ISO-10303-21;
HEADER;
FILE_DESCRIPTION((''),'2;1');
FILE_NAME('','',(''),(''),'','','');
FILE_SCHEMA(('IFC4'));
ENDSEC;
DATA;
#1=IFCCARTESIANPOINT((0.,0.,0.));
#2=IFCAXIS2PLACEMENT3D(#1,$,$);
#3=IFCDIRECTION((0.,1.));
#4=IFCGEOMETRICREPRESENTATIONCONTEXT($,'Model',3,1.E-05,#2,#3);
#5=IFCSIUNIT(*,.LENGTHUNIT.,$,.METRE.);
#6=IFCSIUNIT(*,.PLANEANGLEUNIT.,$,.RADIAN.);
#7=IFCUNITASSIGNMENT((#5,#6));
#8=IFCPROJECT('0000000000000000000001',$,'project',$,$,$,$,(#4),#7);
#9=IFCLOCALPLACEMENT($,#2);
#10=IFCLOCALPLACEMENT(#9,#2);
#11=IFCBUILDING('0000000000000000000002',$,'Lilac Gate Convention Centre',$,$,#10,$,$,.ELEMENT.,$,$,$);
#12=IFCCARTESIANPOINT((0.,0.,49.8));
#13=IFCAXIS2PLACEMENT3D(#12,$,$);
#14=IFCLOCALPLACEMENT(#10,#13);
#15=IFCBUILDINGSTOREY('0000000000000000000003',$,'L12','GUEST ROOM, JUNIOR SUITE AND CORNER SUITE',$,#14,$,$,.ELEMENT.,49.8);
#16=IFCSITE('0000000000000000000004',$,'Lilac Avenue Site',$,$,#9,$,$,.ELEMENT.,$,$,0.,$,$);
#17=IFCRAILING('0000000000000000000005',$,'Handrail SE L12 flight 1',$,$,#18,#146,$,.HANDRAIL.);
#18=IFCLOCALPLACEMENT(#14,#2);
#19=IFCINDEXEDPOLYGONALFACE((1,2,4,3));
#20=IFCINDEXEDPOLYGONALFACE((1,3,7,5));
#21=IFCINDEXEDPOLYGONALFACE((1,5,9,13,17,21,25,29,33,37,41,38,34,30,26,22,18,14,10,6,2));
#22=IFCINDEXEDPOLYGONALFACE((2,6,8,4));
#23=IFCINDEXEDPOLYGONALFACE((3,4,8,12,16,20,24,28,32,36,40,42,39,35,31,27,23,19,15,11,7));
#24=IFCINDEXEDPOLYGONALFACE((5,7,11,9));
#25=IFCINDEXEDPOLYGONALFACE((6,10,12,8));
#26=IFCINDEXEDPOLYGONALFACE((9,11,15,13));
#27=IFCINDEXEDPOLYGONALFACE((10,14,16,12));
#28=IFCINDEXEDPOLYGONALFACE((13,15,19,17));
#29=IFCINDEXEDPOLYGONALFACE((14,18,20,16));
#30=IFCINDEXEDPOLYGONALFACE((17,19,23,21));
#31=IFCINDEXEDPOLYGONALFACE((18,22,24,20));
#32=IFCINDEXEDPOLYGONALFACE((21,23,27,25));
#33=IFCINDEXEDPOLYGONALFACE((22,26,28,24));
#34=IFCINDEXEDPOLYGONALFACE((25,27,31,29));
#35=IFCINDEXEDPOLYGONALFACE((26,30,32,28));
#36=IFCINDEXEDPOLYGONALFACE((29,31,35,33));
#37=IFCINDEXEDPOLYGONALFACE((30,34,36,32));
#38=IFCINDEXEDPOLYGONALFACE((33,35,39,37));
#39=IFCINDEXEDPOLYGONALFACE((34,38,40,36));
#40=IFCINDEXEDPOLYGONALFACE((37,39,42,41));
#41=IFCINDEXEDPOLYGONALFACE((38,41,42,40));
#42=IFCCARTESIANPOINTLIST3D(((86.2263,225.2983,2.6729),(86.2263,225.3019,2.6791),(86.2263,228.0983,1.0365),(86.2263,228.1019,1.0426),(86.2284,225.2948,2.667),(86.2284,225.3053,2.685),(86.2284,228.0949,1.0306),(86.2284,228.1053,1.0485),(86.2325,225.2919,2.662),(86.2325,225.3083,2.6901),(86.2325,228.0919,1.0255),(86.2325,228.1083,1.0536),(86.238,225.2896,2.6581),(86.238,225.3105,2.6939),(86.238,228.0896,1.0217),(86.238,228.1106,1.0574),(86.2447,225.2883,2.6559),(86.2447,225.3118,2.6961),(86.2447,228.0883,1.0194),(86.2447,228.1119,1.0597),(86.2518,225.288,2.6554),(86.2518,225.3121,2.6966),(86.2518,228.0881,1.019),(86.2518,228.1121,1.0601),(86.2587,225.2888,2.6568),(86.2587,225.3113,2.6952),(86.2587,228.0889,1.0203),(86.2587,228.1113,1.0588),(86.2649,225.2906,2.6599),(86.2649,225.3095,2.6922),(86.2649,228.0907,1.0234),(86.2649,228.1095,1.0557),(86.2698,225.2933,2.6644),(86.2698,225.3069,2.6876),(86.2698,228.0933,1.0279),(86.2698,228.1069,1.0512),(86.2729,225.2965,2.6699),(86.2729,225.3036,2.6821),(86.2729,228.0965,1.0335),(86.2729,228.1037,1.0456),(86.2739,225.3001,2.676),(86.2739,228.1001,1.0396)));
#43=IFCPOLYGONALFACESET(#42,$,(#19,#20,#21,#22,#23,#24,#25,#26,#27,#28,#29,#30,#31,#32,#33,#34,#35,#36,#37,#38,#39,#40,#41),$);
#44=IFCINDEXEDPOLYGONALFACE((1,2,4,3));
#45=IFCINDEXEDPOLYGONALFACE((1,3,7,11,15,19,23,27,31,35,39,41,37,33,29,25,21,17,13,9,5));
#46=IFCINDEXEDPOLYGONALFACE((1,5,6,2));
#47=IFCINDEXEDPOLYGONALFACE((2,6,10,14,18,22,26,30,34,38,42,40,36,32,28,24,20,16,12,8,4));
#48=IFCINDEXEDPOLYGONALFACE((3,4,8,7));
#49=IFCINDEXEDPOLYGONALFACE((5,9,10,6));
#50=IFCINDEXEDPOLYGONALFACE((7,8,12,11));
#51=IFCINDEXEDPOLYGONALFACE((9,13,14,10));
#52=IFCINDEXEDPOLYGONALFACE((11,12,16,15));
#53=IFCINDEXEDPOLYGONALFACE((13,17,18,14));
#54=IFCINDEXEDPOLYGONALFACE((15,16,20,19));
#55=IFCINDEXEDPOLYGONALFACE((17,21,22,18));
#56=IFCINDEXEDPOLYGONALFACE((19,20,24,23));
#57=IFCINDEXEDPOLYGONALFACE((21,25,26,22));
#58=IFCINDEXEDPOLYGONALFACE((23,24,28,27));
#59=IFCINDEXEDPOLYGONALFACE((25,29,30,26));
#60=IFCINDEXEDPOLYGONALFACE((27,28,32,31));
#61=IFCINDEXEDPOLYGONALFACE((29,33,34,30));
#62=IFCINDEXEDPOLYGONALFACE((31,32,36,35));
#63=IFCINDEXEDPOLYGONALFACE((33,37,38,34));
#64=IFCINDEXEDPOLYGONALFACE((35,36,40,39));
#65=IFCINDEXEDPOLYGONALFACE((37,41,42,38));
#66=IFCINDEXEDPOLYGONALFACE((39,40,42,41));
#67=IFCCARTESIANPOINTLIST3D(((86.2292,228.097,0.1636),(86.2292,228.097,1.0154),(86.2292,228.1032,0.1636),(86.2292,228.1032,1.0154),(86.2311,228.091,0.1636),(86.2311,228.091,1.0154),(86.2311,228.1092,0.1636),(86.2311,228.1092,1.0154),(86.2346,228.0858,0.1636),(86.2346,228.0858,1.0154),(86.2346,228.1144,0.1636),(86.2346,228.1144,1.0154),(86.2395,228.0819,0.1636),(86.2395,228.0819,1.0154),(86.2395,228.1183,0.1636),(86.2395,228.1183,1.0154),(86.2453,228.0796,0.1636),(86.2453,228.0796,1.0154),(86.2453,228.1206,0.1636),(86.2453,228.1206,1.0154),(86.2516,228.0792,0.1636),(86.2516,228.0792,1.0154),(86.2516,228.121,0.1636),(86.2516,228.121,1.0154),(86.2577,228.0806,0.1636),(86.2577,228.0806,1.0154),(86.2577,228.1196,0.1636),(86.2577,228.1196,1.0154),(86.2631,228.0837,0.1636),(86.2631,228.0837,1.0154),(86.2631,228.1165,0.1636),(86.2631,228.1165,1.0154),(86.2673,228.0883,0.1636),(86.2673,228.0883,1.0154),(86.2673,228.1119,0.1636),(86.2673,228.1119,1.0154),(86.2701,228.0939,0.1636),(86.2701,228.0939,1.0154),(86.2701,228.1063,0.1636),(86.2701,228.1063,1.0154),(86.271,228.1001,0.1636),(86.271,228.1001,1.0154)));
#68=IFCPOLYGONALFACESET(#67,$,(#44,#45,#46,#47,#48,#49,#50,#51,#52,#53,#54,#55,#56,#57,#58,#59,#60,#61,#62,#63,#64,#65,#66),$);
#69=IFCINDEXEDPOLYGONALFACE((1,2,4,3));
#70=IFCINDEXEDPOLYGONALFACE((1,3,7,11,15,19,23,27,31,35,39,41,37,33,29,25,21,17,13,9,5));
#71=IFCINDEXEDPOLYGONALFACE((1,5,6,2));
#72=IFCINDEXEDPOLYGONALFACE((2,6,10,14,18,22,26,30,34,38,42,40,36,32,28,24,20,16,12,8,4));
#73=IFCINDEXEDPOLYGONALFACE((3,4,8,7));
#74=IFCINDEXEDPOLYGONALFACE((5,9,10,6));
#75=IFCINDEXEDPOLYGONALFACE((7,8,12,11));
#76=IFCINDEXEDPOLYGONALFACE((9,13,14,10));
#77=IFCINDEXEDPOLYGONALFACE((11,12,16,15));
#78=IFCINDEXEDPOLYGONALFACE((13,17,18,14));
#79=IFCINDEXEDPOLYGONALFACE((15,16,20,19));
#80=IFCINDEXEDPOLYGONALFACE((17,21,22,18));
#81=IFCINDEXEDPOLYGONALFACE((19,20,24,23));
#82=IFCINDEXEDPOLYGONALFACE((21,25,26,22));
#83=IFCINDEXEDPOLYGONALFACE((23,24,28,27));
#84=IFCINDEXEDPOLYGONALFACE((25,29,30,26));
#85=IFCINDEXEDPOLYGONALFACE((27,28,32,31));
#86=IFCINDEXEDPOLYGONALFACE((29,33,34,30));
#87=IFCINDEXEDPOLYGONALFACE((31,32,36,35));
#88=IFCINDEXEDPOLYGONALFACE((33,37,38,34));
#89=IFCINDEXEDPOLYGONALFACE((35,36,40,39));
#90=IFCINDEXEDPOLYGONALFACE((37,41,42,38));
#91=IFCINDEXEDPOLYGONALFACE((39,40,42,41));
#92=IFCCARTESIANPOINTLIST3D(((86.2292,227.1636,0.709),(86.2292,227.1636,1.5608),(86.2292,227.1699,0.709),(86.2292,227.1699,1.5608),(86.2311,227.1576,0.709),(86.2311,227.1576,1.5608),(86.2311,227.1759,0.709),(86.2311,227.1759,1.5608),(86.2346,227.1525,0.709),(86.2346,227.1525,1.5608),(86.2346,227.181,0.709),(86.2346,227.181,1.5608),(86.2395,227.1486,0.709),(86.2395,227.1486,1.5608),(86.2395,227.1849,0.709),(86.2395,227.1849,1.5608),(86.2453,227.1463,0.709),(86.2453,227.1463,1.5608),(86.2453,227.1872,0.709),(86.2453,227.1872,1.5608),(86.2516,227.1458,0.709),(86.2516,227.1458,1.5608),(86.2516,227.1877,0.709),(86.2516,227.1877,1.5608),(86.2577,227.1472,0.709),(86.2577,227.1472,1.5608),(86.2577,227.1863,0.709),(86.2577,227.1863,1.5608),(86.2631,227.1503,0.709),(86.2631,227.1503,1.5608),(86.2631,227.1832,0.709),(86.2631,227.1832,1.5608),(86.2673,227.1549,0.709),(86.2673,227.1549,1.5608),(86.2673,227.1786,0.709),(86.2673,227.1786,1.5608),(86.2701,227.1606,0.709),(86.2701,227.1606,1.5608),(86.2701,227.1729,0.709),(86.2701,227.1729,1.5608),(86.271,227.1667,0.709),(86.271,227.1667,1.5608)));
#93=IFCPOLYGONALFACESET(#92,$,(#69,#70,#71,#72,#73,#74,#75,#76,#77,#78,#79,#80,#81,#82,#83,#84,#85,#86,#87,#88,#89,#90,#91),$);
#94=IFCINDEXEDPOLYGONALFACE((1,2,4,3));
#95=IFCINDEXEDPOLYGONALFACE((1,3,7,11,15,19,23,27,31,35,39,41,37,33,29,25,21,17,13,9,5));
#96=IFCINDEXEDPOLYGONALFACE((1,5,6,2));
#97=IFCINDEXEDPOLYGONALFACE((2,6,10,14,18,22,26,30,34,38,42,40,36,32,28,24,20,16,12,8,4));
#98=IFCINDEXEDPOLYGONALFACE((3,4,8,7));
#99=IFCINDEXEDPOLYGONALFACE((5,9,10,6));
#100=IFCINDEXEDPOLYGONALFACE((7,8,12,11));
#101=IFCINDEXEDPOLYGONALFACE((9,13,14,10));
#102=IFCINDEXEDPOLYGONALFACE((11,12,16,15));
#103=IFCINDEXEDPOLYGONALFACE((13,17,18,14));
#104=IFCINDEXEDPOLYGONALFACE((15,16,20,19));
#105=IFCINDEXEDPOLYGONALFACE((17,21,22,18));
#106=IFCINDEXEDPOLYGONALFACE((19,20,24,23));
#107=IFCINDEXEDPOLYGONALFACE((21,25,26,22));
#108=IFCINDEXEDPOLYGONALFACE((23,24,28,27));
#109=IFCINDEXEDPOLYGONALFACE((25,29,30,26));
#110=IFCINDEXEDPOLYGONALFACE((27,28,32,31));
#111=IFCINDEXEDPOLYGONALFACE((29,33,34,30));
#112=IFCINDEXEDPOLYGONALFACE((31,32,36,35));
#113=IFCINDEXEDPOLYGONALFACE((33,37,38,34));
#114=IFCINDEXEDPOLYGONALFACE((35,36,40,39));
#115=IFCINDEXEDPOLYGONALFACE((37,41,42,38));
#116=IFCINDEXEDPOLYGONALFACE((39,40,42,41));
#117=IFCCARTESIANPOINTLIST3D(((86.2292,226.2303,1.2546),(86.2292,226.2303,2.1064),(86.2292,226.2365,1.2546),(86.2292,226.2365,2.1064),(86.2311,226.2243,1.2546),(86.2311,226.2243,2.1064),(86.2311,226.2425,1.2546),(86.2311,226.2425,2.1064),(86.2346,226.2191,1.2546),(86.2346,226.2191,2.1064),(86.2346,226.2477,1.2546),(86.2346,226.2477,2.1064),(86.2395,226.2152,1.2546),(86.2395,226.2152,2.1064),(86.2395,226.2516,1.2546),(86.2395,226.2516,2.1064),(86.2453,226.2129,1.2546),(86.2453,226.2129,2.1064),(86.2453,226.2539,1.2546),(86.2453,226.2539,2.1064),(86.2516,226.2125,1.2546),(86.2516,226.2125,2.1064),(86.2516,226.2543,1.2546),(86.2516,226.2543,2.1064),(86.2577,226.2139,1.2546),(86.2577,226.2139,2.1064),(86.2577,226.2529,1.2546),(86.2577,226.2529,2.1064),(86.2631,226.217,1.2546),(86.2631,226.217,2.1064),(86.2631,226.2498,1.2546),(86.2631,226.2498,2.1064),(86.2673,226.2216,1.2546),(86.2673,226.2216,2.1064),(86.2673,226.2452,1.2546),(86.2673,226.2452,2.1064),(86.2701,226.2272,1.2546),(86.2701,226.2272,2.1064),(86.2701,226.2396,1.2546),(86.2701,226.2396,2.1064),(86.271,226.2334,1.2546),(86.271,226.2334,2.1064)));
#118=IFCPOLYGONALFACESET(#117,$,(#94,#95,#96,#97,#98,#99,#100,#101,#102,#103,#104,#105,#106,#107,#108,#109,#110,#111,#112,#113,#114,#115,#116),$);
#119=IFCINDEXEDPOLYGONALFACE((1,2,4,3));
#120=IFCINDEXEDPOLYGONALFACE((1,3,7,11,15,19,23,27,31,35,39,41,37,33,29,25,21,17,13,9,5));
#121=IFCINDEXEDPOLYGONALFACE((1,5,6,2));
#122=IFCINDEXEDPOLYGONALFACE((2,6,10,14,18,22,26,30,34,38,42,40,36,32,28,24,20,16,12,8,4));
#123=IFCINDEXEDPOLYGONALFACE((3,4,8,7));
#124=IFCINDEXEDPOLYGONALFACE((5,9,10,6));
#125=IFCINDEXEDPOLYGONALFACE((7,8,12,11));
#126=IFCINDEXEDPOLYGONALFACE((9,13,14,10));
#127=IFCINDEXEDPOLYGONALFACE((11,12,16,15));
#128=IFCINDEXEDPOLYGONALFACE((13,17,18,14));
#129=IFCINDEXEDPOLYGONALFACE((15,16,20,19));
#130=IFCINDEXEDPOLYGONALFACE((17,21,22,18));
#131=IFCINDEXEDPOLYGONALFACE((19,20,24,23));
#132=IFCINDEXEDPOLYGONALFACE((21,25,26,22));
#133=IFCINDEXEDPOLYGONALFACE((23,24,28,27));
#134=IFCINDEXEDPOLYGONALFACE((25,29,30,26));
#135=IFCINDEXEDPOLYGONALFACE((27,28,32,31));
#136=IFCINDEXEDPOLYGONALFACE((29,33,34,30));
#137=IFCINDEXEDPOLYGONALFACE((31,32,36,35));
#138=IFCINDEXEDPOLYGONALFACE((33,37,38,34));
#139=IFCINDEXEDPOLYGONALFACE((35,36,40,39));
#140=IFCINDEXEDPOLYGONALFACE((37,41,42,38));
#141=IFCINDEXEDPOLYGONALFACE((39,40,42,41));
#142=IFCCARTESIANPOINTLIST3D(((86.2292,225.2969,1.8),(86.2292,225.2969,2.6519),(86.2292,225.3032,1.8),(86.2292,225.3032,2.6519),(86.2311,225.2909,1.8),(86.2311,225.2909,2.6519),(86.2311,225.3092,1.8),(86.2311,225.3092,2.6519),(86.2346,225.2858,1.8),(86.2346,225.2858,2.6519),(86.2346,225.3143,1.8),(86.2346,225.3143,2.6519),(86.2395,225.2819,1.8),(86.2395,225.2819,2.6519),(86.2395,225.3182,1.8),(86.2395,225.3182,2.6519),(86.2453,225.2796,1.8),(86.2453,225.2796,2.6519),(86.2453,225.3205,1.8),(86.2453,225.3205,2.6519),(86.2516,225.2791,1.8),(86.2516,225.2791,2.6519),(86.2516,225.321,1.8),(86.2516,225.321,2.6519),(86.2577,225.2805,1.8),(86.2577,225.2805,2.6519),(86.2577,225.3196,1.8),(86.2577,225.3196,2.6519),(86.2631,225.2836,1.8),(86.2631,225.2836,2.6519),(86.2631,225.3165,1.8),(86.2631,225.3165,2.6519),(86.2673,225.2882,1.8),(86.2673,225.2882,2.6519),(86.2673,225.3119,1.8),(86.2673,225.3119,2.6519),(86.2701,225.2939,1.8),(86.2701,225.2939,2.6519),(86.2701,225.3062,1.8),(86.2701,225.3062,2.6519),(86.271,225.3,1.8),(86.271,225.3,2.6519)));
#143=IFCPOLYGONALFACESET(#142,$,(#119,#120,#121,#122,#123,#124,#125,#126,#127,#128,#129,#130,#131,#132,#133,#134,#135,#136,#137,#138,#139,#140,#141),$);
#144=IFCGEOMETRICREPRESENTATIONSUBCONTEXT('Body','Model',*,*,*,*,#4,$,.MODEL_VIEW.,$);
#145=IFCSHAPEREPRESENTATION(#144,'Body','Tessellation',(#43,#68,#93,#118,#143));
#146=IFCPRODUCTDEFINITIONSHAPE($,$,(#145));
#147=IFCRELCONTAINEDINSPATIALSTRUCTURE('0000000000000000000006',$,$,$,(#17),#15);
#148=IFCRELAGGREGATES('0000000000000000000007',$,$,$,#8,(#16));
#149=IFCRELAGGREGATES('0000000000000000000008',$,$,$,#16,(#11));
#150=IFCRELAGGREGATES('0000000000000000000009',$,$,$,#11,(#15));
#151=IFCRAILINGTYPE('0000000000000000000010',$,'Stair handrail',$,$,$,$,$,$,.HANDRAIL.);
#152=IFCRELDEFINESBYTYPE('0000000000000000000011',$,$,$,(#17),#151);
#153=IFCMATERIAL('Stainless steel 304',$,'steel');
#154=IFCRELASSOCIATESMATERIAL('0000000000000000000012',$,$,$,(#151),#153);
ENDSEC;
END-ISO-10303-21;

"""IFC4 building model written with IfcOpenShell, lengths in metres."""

from ifc_helpers import new_model, si_unit, direction, frame, origin, origin_2d, place, context, subcontext, project, spatial, circle, extrude, material, type_object, element, save


model = new_model("IFC4")

# Units and contexts
model_context = context("Model", 3, precision=1e-05, world=origin(), true_north=direction((0.0, 1.0)))
body_context = subcontext(model_context, "Body", "Model", "MODEL_VIEW")
ifc_project = project(units=[si_unit("LENGTHUNIT", "METRE"), si_unit("PLANEANGLEUNIT", "RADIAN")], contexts=[model_context])

# Site, building, storey
site_placement = place(None, origin())
site = spatial("IfcSite", under=ifc_project, at=site_placement, Name="Lilac Avenue Site", CompositionType="ELEMENT", RefElevation=0.0)
building_placement = place(site_placement, origin())
building = spatial("IfcBuilding", under=site, at=building_placement, Name="Lilac Gate Convention Centre", CompositionType="ELEMENT")
storey_placement = place(building_placement, frame((0.0, 0.0, 49.8)))
storey = spatial("IfcBuildingStorey", under=building, at=storey_placement, Name="L12", Description="GUEST ROOM, JUNIOR SUITE AND CORNER SUITE", CompositionType="ELEMENT", Elevation=49.8)

# Shared definitions
ifc_material_1 = material(Name="Stainless steel 304", Category="steel")

# Railing
railing_type = type_object("IfcRailingType", Name="Stair handrail", PredefinedType="HANDRAIL", material=ifc_material_1)
for number, where, name in (
    (1, (86.25, 228.1001, 0.1636), "Handrail SE L12 flight 1"),
):
    element("IfcRailing", number, at=place(storey_placement, frame(where)), inside=storey, type_object=railing_type, Name=name, PredefinedType="HANDRAIL", context=body_context, shape_type="SweptSolid", body=[
        extrude(circle(Radius=0.0239, at=origin_2d()), frame((0.0, 0.0, 0.876), z_axis=(0.0, -0.863361, 0.504587), x_axis=(1.0, 0.0, 0.0)), (0.0, 0.0, 1.0), 3.2432),
        extrude(circle(Radius=0.021, at=origin_2d()), origin(), (0.0, 0.0, 1.0), 0.8518),
        extrude(circle(Radius=0.021, at=origin_2d()), frame((0.0, -0.9333, 0.5454)), (0.0, 0.0, 1.0), 0.8518),
        extrude(circle(Radius=0.021, at=origin_2d()), frame((0.0, -1.8667, 1.0911)), (0.0, 0.0, 1.0), 0.8518),
        extrude(circle(Radius=0.021, at=origin_2d()), frame((0.0, -2.8, 1.6365)), (0.0, 0.0, 1.0), 0.8518),
    ])

save(model, "model.ifc")
